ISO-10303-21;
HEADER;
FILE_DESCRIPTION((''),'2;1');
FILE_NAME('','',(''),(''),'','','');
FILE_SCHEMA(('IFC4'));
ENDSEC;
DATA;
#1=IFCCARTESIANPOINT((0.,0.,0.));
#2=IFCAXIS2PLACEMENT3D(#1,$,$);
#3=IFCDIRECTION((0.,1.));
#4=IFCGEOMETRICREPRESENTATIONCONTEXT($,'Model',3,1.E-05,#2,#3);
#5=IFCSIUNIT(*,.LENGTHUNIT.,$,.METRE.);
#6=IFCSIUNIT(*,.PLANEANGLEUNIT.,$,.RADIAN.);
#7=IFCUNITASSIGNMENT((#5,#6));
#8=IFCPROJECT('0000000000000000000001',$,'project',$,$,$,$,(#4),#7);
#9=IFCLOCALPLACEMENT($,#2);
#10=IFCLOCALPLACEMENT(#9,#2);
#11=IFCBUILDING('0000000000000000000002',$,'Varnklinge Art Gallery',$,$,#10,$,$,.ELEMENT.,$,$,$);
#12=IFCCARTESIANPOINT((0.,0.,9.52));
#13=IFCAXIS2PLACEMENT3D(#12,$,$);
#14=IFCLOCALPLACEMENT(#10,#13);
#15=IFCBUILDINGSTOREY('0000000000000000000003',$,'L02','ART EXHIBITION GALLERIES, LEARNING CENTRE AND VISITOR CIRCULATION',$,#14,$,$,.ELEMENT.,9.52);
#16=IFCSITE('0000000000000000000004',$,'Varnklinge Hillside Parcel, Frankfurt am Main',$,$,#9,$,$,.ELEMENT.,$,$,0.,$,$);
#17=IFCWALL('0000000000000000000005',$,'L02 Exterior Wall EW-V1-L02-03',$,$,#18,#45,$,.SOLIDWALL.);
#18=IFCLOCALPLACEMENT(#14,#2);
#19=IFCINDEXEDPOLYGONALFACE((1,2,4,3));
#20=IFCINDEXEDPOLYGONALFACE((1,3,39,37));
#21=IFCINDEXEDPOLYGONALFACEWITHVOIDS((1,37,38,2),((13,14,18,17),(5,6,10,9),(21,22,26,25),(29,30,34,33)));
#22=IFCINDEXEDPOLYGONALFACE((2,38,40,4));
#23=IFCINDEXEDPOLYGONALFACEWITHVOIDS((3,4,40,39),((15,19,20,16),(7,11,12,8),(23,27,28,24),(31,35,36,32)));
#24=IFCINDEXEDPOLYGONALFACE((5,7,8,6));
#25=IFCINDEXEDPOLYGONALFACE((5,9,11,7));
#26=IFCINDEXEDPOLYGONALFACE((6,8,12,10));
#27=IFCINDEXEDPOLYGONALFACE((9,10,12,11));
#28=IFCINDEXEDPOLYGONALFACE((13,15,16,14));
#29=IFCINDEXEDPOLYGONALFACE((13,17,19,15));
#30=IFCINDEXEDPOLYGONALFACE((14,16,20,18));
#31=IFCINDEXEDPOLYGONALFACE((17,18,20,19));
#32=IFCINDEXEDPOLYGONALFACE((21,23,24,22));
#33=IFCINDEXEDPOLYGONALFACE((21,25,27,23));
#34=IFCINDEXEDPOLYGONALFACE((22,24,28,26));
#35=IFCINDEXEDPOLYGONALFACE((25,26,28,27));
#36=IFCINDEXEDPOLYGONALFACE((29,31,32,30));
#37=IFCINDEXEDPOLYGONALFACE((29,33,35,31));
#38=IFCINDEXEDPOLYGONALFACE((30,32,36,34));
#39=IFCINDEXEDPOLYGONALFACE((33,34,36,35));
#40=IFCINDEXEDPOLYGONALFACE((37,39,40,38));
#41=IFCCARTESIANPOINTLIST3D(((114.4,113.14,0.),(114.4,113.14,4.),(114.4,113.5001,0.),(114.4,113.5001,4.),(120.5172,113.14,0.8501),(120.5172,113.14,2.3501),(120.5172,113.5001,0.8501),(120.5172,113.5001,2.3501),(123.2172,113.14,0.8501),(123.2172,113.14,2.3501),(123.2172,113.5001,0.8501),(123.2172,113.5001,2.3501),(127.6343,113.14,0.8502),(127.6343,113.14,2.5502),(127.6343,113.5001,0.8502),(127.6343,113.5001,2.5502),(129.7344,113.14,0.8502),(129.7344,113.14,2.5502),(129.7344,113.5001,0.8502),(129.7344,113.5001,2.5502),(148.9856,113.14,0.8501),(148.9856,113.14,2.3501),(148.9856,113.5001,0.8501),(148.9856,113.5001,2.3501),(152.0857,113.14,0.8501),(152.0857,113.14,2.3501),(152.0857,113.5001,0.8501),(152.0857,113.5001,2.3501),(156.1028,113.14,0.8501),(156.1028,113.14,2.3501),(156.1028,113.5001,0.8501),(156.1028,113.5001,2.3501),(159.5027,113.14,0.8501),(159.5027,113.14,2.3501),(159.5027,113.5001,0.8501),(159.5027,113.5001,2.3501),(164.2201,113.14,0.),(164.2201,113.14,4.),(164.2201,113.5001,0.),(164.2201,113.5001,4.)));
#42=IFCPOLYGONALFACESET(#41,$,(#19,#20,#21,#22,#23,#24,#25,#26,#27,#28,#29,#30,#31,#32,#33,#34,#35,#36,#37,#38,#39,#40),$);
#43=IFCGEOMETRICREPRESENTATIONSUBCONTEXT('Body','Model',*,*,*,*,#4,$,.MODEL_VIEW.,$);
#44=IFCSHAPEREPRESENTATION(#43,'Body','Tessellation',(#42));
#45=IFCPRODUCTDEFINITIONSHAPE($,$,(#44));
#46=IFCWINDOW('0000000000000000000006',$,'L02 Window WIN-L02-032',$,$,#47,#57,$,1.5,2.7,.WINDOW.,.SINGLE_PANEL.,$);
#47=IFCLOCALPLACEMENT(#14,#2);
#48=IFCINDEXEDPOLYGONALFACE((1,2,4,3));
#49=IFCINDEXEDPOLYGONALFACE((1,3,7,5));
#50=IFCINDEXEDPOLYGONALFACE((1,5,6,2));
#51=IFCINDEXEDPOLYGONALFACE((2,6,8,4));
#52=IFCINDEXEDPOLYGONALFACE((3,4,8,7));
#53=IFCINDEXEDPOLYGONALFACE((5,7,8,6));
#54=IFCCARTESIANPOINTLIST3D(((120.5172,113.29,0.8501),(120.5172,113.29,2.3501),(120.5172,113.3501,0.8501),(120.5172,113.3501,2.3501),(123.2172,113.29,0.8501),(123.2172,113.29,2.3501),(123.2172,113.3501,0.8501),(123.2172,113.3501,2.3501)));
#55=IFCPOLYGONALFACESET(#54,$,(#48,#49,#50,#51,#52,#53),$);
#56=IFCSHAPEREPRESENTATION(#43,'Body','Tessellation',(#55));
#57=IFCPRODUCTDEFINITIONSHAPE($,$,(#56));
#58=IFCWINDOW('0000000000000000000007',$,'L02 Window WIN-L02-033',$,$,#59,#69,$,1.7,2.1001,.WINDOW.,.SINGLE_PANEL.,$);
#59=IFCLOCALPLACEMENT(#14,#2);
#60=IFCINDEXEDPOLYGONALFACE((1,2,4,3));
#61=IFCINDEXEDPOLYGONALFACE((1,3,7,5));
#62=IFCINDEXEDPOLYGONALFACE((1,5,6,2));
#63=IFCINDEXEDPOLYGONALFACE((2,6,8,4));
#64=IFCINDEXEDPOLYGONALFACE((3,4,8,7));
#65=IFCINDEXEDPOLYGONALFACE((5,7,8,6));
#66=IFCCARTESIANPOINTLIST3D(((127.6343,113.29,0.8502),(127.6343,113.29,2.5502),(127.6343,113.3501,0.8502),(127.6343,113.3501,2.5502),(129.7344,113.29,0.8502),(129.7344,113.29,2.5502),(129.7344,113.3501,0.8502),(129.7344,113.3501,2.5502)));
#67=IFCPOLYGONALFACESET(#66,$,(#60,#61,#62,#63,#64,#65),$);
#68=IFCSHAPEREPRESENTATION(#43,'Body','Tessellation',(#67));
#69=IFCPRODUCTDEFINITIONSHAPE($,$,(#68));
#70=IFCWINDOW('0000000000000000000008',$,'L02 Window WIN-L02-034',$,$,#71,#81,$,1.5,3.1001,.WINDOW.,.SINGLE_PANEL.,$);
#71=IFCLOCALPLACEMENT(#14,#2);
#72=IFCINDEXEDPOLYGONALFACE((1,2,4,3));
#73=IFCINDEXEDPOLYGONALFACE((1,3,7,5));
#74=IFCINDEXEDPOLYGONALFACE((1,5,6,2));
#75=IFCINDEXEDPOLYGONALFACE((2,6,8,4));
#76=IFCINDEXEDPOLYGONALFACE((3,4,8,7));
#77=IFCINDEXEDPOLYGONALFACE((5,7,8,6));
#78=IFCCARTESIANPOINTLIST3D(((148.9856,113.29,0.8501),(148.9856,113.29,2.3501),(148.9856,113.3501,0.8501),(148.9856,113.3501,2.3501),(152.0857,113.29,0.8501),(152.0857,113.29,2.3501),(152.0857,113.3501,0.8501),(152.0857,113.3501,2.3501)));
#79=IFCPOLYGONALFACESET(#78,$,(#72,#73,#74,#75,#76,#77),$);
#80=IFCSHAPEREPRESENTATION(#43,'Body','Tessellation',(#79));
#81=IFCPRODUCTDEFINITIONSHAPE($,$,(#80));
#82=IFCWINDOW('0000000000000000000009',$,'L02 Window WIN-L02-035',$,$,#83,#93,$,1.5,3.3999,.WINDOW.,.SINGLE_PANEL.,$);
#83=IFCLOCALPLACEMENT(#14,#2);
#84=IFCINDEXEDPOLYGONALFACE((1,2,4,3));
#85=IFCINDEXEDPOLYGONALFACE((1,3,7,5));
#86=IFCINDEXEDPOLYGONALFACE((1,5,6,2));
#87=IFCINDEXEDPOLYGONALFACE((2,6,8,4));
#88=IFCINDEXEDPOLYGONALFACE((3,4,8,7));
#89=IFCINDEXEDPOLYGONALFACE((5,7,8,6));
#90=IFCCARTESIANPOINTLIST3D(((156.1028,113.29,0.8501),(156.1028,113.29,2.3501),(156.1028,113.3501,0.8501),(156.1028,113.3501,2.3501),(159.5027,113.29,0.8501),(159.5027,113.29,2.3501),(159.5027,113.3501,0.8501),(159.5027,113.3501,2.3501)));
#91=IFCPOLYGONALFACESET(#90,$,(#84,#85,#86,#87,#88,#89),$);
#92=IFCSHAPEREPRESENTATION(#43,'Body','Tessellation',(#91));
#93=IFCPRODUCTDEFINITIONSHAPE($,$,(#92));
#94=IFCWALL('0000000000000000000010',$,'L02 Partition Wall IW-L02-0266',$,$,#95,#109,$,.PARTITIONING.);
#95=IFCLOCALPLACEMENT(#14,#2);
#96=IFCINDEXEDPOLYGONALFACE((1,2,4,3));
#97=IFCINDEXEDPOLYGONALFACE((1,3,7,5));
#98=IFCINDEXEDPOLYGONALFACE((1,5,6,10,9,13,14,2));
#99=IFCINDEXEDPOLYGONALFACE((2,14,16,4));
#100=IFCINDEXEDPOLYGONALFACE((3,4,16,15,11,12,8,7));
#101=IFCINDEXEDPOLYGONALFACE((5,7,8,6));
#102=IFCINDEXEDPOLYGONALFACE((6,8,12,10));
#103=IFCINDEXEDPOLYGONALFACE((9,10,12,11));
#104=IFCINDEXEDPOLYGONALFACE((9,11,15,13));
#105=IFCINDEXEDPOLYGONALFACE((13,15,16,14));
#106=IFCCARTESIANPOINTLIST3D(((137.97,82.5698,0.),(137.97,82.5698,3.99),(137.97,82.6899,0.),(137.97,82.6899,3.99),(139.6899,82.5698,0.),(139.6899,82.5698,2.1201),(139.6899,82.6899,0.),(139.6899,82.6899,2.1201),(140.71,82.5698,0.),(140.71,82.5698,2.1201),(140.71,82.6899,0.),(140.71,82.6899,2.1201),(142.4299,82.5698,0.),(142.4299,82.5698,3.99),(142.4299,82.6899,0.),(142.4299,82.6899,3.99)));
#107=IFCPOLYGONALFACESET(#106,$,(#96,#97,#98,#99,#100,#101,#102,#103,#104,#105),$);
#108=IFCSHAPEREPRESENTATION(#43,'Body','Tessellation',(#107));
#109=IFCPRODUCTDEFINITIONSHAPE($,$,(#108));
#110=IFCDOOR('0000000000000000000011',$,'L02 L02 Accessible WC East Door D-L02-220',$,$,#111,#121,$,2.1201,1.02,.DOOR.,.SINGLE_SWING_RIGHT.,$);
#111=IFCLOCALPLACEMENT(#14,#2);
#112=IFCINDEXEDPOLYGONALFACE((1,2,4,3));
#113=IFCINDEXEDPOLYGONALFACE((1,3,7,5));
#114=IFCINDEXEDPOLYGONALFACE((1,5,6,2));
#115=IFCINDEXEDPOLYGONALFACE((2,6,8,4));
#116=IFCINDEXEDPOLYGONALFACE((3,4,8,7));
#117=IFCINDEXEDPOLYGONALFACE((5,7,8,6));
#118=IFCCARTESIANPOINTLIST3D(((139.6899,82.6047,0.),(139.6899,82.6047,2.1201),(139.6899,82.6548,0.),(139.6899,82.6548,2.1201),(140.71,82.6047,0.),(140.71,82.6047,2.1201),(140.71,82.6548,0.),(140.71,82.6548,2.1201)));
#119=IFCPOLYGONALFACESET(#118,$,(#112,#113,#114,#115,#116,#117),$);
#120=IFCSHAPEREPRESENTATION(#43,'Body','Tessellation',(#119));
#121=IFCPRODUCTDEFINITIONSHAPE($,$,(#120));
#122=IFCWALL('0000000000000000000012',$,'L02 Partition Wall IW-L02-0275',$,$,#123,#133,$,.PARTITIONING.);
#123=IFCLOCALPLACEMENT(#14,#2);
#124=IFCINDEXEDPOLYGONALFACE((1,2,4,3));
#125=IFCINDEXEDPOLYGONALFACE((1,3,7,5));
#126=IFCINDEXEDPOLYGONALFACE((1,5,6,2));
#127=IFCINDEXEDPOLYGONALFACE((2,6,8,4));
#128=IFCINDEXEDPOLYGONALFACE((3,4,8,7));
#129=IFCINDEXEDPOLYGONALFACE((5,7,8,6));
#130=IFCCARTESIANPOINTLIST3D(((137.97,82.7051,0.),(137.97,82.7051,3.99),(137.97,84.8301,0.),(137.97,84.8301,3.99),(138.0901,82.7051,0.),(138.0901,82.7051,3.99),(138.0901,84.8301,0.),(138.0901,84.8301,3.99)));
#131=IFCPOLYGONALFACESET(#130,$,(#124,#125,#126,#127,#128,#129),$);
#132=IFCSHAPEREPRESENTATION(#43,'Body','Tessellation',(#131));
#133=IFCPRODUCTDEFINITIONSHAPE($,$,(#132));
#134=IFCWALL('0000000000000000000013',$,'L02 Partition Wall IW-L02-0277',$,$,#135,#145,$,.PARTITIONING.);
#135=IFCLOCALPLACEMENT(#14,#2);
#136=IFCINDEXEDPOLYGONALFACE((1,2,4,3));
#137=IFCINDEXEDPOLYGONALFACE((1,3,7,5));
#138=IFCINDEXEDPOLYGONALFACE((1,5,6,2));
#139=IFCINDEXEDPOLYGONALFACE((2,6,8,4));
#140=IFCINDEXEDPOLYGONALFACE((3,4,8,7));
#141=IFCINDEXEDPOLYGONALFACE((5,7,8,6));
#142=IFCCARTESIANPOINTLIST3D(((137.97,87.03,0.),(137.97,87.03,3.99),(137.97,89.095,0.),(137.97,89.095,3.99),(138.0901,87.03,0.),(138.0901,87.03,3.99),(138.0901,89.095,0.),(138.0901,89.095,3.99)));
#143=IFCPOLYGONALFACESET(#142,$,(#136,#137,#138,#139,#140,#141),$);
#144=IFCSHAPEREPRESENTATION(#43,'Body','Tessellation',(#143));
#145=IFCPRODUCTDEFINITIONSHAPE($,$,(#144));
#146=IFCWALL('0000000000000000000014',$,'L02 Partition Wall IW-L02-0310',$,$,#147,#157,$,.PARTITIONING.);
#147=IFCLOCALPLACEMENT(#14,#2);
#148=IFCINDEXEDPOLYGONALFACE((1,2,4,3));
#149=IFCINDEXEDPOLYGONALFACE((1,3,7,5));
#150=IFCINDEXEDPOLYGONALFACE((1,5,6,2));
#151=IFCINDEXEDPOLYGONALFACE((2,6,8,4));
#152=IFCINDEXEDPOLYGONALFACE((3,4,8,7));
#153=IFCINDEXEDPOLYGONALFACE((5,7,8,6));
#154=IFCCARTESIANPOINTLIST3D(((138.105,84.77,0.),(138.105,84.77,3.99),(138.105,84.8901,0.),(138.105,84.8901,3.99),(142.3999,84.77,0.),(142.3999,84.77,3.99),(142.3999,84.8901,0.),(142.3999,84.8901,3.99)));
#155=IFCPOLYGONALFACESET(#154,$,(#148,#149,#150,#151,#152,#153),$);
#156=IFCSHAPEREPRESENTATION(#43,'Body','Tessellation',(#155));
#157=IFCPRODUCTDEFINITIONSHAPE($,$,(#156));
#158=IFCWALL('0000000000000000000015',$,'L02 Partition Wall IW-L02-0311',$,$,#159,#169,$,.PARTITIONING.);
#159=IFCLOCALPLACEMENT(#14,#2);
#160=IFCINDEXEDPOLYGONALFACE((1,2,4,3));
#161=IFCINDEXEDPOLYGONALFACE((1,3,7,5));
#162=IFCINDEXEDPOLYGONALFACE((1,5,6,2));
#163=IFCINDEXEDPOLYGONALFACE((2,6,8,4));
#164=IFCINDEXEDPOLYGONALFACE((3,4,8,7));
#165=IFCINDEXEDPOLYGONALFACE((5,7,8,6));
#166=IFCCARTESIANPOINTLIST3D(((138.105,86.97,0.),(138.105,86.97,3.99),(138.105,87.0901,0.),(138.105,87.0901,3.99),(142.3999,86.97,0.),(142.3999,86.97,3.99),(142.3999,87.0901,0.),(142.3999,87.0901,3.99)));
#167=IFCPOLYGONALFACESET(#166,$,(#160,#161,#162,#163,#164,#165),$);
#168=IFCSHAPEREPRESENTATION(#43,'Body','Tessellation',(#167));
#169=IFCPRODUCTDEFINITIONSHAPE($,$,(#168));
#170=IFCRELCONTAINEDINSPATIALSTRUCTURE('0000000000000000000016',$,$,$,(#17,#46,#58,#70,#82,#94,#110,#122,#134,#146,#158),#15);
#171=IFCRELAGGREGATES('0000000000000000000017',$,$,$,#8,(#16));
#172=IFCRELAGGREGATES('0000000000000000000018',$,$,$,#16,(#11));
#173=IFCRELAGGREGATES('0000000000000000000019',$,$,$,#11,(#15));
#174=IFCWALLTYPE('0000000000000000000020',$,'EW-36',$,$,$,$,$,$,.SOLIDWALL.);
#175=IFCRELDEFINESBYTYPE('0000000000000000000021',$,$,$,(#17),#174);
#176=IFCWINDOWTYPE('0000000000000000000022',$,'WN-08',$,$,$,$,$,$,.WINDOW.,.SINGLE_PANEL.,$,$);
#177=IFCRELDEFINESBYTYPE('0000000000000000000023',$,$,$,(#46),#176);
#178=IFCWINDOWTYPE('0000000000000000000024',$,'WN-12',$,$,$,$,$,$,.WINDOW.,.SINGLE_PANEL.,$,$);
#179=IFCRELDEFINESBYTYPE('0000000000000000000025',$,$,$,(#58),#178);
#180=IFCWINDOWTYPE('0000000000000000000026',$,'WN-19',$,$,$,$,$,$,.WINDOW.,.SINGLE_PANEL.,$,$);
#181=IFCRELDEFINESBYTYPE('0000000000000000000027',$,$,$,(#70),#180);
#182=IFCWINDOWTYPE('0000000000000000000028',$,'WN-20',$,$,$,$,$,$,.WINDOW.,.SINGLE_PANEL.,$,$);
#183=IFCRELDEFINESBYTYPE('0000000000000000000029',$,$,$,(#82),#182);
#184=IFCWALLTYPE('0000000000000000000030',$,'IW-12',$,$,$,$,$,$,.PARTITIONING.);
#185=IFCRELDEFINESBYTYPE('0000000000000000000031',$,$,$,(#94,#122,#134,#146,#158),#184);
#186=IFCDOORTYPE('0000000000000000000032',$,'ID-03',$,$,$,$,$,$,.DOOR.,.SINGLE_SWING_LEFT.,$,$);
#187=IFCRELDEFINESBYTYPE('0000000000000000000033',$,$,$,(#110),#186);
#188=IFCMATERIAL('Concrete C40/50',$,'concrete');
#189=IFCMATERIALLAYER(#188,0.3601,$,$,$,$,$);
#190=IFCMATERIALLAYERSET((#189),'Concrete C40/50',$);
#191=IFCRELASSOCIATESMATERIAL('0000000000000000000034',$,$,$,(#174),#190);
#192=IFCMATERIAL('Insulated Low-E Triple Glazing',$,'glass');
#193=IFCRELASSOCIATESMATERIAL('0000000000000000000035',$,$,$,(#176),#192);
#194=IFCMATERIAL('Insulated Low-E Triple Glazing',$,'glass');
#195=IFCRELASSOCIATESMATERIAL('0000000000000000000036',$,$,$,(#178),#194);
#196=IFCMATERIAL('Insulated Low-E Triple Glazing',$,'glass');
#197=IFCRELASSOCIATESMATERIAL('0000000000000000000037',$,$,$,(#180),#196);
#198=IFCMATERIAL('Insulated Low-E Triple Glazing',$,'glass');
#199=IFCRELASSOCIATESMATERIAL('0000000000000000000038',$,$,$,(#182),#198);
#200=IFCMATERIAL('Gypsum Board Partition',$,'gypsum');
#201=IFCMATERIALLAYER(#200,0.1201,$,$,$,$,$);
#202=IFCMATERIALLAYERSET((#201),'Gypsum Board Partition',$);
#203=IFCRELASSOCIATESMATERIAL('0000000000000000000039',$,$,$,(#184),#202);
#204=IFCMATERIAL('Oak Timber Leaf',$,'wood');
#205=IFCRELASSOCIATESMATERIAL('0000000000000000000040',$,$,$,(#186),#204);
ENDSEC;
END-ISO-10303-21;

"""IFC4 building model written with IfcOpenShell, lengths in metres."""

from ifc_helpers import new_model, si_unit, direction, frame, frame_2d, origin, place, context, subcontext, project, spatial, rectangle, extrude, material, layer, layer_set, type_object, element, fill, save


model = new_model("IFC4")

# Units and contexts
model_context = context("Model", 3, precision=1e-05, world=origin(), true_north=direction((0.0, 1.0)))
body_context = subcontext(model_context, "Body", "Model", "MODEL_VIEW")
ifc_project = project(units=[si_unit("LENGTHUNIT", "METRE"), si_unit("PLANEANGLEUNIT", "RADIAN")], contexts=[model_context])

# Site, building, storey
site_placement = place(None, origin())
site = spatial("IfcSite", under=ifc_project, at=site_placement, Name="Varnklinge Hillside Parcel, Frankfurt am Main", CompositionType="ELEMENT", RefElevation=0.0)
building_placement = place(site_placement, origin())
building = spatial("IfcBuilding", under=site, at=building_placement, Name="Varnklinge Art Gallery", CompositionType="ELEMENT")
storey_placement = place(building_placement, frame((0.0, 0.0, 9.52)))
storey = spatial("IfcBuildingStorey", under=building, at=storey_placement, Name="L02", Description="ART EXHIBITION GALLERIES, LEARNING CENTRE AND VISITOR CIRCULATION", CompositionType="ELEMENT", Elevation=9.52)

# Wall, openings, windows
ifc_material_1 = material(Name="Concrete C40/50", Category="concrete")
ifc_layer_1 = layer(ifc_material_1, 0.3601)
ifc_layer_set_1 = layer_set([ifc_layer_1], Name="Concrete C40/50")
wall_type_1 = type_object("IfcWallType", Name="EW-36", PredefinedType="SOLIDWALL", material=ifc_layer_set_1)
wall_1_placement = place(storey_placement, frame((114.3999, 113.3201, 0.0), z_axis=(0.0, 0.0, 1.0), x_axis=(1.0, 0.0, 0.0)))
wall_1 = element("IfcWall", 1, at=wall_1_placement, inside=storey, type_object=wall_type_1, Name="L02 Exterior Wall EW-V1-L02-03", PredefinedType="SOLIDWALL", context=body_context, shape_type="SweptSolid", body=[
    extrude(rectangle(XDim=49.8201, YDim=0.3601, at=frame_2d((24.9102, 0.0))), origin(), (0.0, 0.0, 1.0), 4.0),
])
opening_1_placement = place(wall_1_placement, frame((6.1172, 0.0, 0.8501)))
opening_1 = element("IfcOpeningElement", 2, at=opening_1_placement, cuts=wall_1, PredefinedType="OPENING", context=body_context, shape_type="SweptSolid", body=[
    extrude(rectangle(XDim=2.7, YDim=1.5, at=frame_2d((1.3501, 0.75))), frame((0.0, 0.1902, 0.0), z_axis=(0.0, -1.0, 0.0), x_axis=(1.0, 0.0, 0.0)), (0.0, 0.0, 1.0), 0.3801),
])
opening_2_placement = place(wall_1_placement, frame((13.2344, 0.0, 0.8501)))
opening_2 = element("IfcOpeningElement", 3, at=opening_2_placement, cuts=wall_1, PredefinedType="OPENING", context=body_context, shape_type="SweptSolid", body=[
    extrude(rectangle(XDim=2.1001, YDim=1.7, at=frame_2d((1.05, 0.8501))), frame((0.0, 0.1902, 0.0), z_axis=(0.0, -1.0, 0.0), x_axis=(1.0, 0.0, 0.0)), (0.0, 0.0, 1.0), 0.3801),
])
opening_3_placement = place(wall_1_placement, frame((34.5857, 0.0, 0.8501)))
opening_3 = element("IfcOpeningElement", 4, at=opening_3_placement, cuts=wall_1, PredefinedType="OPENING", context=body_context, shape_type="SweptSolid", body=[
    extrude(rectangle(XDim=3.1001, YDim=1.5, at=frame_2d((1.55, 0.75))), frame((0.0, 0.1902, 0.0), z_axis=(0.0, -1.0, 0.0), x_axis=(1.0, 0.0, 0.0)), (0.0, 0.0, 1.0), 0.3801),
])
opening_4_placement = place(wall_1_placement, frame((41.7029, 0.0, 0.8501)))
opening_4 = element("IfcOpeningElement", 5, at=opening_4_placement, cuts=wall_1, PredefinedType="OPENING", context=body_context, shape_type="SweptSolid", body=[
    extrude(rectangle(XDim=3.3999, YDim=1.5, at=frame_2d((1.7, 0.75))), frame((0.0, 0.1902, 0.0), z_axis=(0.0, -1.0, 0.0), x_axis=(1.0, 0.0, 0.0)), (0.0, 0.0, 1.0), 0.3801),
])
ifc_material_2 = material(Name="Insulated Low-E Triple Glazing", Category="glass")
window_type_1 = type_object("IfcWindowType", Name="WN-08", PartitioningType="SINGLE_PANEL", PredefinedType="WINDOW", material=ifc_material_2)
window_1_placement = place(opening_1_placement, origin())
window_1 = element("IfcWindow", 6, at=window_1_placement, inside=storey, type_object=window_type_1, Name="L02 Window WIN-L02-032", OverallHeight=1.5, OverallWidth=2.7, PartitioningType="SINGLE_PANEL", PredefinedType="WINDOW", context=body_context, shape_type="SweptSolid", body=[
    extrude(rectangle(XDim=2.7, YDim=1.5, at=frame_2d((1.3501, 0.75))), frame((0.0, 0.03, 0.0), z_axis=(0.0, -1.0, 0.0), x_axis=(1.0, 0.0, 0.0)), (0.0, 0.0, 1.0), 0.0601),
])
fill(opening_1, window_1)
ifc_material_3 = material(Name="Insulated Low-E Triple Glazing", Category="glass")
window_type_2 = type_object("IfcWindowType", Name="WN-12", PartitioningType="SINGLE_PANEL", PredefinedType="WINDOW", material=ifc_material_3)
window_2_placement = place(opening_2_placement, origin())
window_2 = element("IfcWindow", 7, at=window_2_placement, inside=storey, type_object=window_type_2, Name="L02 Window WIN-L02-033", OverallHeight=1.7, OverallWidth=2.1001, PartitioningType="SINGLE_PANEL", PredefinedType="WINDOW", context=body_context, shape_type="SweptSolid", body=[
    extrude(rectangle(XDim=2.1001, YDim=1.7, at=frame_2d((1.05, 0.8501))), frame((0.0, 0.03, 0.0), z_axis=(0.0, -1.0, 0.0), x_axis=(1.0, 0.0, 0.0)), (0.0, 0.0, 1.0), 0.0601),
])
fill(opening_2, window_2)
ifc_material_4 = material(Name="Insulated Low-E Triple Glazing", Category="glass")
window_type_3 = type_object("IfcWindowType", Name="WN-19", PartitioningType="SINGLE_PANEL", PredefinedType="WINDOW", material=ifc_material_4)
window_3_placement = place(opening_3_placement, origin())
window_3 = element("IfcWindow", 8, at=window_3_placement, inside=storey, type_object=window_type_3, Name="L02 Window WIN-L02-034", OverallHeight=1.5, OverallWidth=3.1001, PartitioningType="SINGLE_PANEL", PredefinedType="WINDOW", context=body_context, shape_type="SweptSolid", body=[
    extrude(rectangle(XDim=3.1001, YDim=1.5, at=frame_2d((1.55, 0.75))), frame((0.0, 0.03, 0.0), z_axis=(0.0, -1.0, 0.0), x_axis=(1.0, 0.0, 0.0)), (0.0, 0.0, 1.0), 0.0601),
])
fill(opening_3, window_3)
ifc_material_5 = material(Name="Insulated Low-E Triple Glazing", Category="glass")
window_type_4 = type_object("IfcWindowType", Name="WN-20", PartitioningType="SINGLE_PANEL", PredefinedType="WINDOW", material=ifc_material_5)
window_4_placement = place(opening_4_placement, origin())
window_4 = element("IfcWindow", 9, at=window_4_placement, inside=storey, type_object=window_type_4, Name="L02 Window WIN-L02-035", OverallHeight=1.5, OverallWidth=3.3999, PartitioningType="SINGLE_PANEL", PredefinedType="WINDOW", context=body_context, shape_type="SweptSolid", body=[
    extrude(rectangle(XDim=3.3999, YDim=1.5, at=frame_2d((1.7, 0.75))), frame((0.0, 0.03, 0.0), z_axis=(0.0, -1.0, 0.0), x_axis=(1.0, 0.0, 0.0)), (0.0, 0.0, 1.0), 0.0601),
])
fill(opening_4, window_4)

# Wall, opening, door
ifc_material_6 = material(Name="Gypsum Board Partition", Category="gypsum")
ifc_layer_2 = layer(ifc_material_6, 0.1201)
ifc_layer_set_2 = layer_set([ifc_layer_2], Name="Gypsum Board Partition")
wall_type_2 = type_object("IfcWallType", Name="IW-12", PredefinedType="PARTITIONING", material=ifc_layer_set_2)
wall_2_placement = place(storey_placement, frame((137.97, 82.6299, 0.0), z_axis=(0.0, 0.0, 1.0), x_axis=(1.0, 0.0, 0.0)))
wall_2 = element("IfcWall", 10, at=wall_2_placement, inside=storey, type_object=wall_type_2, Name="L02 Partition Wall IW-L02-0266", PredefinedType="PARTITIONING", context=body_context, shape_type="SweptSolid", body=[
    extrude(rectangle(XDim=4.46, YDim=0.1201, at=frame_2d((2.23, 0.0))), origin(), (0.0, 0.0, 1.0), 3.99),
])
opening_5_placement = place(wall_2_placement, frame((1.72, 0.0, 0.0)))
opening_5 = element("IfcOpeningElement", 11, at=opening_5_placement, cuts=wall_2, PredefinedType="OPENING", context=body_context, shape_type="SweptSolid", body=[
    extrude(rectangle(XDim=1.02, YDim=2.1201, at=frame_2d((0.51, 1.0601))), frame((0.0, 0.0701, 0.0), z_axis=(0.0, -1.0, 0.0), x_axis=(1.0, 0.0, 0.0)), (0.0, 0.0, 1.0), 0.1401),
])
ifc_material_7 = material(Name="Oak Timber Leaf", Category="wood")
door_type_1 = type_object("IfcDoorType", Name="ID-03", OperationType="SINGLE_SWING_LEFT", PredefinedType="DOOR", material=ifc_material_7)
door_1_placement = place(opening_5_placement, origin())
door_1 = element("IfcDoor", 12, at=door_1_placement, inside=storey, type_object=door_type_1, Name="L02 L02 Accessible WC East Door D-L02-220", OperationType="SINGLE_SWING_RIGHT", OverallHeight=2.1201, OverallWidth=1.02, PredefinedType="DOOR", context=body_context, shape_type="SweptSolid", body=[
    extrude(rectangle(XDim=1.02, YDim=2.1201, at=frame_2d((0.51, 1.0601))), frame((0.0, 0.0249, 0.0), z_axis=(0.0, -1.0, 0.0), x_axis=(1.0, 0.0, 0.0)), (0.0, 0.0, 1.0), 0.05),
])
fill(opening_5, door_1)

# Wall
wall_3_placement = place(storey_placement, frame((138.03, 84.8301, 0.0), z_axis=(0.0, 0.0, 1.0), x_axis=(0.0, -1.0, 0.0)))
element("IfcWall", 13, at=wall_3_placement, inside=storey, type_object=wall_type_2, Name="L02 Partition Wall IW-L02-0275", PredefinedType="PARTITIONING", context=body_context, shape_type="SweptSolid", body=[
    extrude(rectangle(XDim=2.125, YDim=0.1201, at=frame_2d((1.0625, 0.0))), origin(), (0.0, 0.0, 1.0), 3.99),
])

# Walls
wall_4_placement = place(storey_placement, frame((138.03, 89.095, 0.0), z_axis=(0.0, 0.0, 1.0), x_axis=(0.0, -1.0, 0.0)))
element("IfcWall", 14, at=wall_4_placement, inside=storey, type_object=wall_type_2, Name="L02 Partition Wall IW-L02-0277", PredefinedType="PARTITIONING", context=body_context, shape_type="SweptSolid", body=[
    extrude(rectangle(XDim=2.0649, YDim=0.1201, at=frame_2d((1.0325, 0.0))), origin(), (0.0, 0.0, 1.0), 3.99),
])
for number, where, z_axis, x_axis, name in (
    (15, (138.105, 84.8301, 0.0), (0.0, 0.0, 1.0), (1.0, 0.0, 0.0), "L02 Partition Wall IW-L02-0310"),
    (16, (138.105, 87.03, 0.0), (0.0, 0.0, 1.0), (1.0, 0.0, 0.0), "L02 Partition Wall IW-L02-0311"),
):
    element("IfcWall", number, at=place(storey_placement, frame(where, z_axis=z_axis, x_axis=x_axis)), inside=storey, type_object=wall_type_2, Name=name, PredefinedType="PARTITIONING", context=body_context, shape_type="SweptSolid", body=[
        extrude(rectangle(XDim=4.2949, YDim=0.1201, at=frame_2d((2.1475, 0.0))), origin(), (0.0, 0.0, 1.0), 3.99),
    ])

save(model, "model.ifc")
